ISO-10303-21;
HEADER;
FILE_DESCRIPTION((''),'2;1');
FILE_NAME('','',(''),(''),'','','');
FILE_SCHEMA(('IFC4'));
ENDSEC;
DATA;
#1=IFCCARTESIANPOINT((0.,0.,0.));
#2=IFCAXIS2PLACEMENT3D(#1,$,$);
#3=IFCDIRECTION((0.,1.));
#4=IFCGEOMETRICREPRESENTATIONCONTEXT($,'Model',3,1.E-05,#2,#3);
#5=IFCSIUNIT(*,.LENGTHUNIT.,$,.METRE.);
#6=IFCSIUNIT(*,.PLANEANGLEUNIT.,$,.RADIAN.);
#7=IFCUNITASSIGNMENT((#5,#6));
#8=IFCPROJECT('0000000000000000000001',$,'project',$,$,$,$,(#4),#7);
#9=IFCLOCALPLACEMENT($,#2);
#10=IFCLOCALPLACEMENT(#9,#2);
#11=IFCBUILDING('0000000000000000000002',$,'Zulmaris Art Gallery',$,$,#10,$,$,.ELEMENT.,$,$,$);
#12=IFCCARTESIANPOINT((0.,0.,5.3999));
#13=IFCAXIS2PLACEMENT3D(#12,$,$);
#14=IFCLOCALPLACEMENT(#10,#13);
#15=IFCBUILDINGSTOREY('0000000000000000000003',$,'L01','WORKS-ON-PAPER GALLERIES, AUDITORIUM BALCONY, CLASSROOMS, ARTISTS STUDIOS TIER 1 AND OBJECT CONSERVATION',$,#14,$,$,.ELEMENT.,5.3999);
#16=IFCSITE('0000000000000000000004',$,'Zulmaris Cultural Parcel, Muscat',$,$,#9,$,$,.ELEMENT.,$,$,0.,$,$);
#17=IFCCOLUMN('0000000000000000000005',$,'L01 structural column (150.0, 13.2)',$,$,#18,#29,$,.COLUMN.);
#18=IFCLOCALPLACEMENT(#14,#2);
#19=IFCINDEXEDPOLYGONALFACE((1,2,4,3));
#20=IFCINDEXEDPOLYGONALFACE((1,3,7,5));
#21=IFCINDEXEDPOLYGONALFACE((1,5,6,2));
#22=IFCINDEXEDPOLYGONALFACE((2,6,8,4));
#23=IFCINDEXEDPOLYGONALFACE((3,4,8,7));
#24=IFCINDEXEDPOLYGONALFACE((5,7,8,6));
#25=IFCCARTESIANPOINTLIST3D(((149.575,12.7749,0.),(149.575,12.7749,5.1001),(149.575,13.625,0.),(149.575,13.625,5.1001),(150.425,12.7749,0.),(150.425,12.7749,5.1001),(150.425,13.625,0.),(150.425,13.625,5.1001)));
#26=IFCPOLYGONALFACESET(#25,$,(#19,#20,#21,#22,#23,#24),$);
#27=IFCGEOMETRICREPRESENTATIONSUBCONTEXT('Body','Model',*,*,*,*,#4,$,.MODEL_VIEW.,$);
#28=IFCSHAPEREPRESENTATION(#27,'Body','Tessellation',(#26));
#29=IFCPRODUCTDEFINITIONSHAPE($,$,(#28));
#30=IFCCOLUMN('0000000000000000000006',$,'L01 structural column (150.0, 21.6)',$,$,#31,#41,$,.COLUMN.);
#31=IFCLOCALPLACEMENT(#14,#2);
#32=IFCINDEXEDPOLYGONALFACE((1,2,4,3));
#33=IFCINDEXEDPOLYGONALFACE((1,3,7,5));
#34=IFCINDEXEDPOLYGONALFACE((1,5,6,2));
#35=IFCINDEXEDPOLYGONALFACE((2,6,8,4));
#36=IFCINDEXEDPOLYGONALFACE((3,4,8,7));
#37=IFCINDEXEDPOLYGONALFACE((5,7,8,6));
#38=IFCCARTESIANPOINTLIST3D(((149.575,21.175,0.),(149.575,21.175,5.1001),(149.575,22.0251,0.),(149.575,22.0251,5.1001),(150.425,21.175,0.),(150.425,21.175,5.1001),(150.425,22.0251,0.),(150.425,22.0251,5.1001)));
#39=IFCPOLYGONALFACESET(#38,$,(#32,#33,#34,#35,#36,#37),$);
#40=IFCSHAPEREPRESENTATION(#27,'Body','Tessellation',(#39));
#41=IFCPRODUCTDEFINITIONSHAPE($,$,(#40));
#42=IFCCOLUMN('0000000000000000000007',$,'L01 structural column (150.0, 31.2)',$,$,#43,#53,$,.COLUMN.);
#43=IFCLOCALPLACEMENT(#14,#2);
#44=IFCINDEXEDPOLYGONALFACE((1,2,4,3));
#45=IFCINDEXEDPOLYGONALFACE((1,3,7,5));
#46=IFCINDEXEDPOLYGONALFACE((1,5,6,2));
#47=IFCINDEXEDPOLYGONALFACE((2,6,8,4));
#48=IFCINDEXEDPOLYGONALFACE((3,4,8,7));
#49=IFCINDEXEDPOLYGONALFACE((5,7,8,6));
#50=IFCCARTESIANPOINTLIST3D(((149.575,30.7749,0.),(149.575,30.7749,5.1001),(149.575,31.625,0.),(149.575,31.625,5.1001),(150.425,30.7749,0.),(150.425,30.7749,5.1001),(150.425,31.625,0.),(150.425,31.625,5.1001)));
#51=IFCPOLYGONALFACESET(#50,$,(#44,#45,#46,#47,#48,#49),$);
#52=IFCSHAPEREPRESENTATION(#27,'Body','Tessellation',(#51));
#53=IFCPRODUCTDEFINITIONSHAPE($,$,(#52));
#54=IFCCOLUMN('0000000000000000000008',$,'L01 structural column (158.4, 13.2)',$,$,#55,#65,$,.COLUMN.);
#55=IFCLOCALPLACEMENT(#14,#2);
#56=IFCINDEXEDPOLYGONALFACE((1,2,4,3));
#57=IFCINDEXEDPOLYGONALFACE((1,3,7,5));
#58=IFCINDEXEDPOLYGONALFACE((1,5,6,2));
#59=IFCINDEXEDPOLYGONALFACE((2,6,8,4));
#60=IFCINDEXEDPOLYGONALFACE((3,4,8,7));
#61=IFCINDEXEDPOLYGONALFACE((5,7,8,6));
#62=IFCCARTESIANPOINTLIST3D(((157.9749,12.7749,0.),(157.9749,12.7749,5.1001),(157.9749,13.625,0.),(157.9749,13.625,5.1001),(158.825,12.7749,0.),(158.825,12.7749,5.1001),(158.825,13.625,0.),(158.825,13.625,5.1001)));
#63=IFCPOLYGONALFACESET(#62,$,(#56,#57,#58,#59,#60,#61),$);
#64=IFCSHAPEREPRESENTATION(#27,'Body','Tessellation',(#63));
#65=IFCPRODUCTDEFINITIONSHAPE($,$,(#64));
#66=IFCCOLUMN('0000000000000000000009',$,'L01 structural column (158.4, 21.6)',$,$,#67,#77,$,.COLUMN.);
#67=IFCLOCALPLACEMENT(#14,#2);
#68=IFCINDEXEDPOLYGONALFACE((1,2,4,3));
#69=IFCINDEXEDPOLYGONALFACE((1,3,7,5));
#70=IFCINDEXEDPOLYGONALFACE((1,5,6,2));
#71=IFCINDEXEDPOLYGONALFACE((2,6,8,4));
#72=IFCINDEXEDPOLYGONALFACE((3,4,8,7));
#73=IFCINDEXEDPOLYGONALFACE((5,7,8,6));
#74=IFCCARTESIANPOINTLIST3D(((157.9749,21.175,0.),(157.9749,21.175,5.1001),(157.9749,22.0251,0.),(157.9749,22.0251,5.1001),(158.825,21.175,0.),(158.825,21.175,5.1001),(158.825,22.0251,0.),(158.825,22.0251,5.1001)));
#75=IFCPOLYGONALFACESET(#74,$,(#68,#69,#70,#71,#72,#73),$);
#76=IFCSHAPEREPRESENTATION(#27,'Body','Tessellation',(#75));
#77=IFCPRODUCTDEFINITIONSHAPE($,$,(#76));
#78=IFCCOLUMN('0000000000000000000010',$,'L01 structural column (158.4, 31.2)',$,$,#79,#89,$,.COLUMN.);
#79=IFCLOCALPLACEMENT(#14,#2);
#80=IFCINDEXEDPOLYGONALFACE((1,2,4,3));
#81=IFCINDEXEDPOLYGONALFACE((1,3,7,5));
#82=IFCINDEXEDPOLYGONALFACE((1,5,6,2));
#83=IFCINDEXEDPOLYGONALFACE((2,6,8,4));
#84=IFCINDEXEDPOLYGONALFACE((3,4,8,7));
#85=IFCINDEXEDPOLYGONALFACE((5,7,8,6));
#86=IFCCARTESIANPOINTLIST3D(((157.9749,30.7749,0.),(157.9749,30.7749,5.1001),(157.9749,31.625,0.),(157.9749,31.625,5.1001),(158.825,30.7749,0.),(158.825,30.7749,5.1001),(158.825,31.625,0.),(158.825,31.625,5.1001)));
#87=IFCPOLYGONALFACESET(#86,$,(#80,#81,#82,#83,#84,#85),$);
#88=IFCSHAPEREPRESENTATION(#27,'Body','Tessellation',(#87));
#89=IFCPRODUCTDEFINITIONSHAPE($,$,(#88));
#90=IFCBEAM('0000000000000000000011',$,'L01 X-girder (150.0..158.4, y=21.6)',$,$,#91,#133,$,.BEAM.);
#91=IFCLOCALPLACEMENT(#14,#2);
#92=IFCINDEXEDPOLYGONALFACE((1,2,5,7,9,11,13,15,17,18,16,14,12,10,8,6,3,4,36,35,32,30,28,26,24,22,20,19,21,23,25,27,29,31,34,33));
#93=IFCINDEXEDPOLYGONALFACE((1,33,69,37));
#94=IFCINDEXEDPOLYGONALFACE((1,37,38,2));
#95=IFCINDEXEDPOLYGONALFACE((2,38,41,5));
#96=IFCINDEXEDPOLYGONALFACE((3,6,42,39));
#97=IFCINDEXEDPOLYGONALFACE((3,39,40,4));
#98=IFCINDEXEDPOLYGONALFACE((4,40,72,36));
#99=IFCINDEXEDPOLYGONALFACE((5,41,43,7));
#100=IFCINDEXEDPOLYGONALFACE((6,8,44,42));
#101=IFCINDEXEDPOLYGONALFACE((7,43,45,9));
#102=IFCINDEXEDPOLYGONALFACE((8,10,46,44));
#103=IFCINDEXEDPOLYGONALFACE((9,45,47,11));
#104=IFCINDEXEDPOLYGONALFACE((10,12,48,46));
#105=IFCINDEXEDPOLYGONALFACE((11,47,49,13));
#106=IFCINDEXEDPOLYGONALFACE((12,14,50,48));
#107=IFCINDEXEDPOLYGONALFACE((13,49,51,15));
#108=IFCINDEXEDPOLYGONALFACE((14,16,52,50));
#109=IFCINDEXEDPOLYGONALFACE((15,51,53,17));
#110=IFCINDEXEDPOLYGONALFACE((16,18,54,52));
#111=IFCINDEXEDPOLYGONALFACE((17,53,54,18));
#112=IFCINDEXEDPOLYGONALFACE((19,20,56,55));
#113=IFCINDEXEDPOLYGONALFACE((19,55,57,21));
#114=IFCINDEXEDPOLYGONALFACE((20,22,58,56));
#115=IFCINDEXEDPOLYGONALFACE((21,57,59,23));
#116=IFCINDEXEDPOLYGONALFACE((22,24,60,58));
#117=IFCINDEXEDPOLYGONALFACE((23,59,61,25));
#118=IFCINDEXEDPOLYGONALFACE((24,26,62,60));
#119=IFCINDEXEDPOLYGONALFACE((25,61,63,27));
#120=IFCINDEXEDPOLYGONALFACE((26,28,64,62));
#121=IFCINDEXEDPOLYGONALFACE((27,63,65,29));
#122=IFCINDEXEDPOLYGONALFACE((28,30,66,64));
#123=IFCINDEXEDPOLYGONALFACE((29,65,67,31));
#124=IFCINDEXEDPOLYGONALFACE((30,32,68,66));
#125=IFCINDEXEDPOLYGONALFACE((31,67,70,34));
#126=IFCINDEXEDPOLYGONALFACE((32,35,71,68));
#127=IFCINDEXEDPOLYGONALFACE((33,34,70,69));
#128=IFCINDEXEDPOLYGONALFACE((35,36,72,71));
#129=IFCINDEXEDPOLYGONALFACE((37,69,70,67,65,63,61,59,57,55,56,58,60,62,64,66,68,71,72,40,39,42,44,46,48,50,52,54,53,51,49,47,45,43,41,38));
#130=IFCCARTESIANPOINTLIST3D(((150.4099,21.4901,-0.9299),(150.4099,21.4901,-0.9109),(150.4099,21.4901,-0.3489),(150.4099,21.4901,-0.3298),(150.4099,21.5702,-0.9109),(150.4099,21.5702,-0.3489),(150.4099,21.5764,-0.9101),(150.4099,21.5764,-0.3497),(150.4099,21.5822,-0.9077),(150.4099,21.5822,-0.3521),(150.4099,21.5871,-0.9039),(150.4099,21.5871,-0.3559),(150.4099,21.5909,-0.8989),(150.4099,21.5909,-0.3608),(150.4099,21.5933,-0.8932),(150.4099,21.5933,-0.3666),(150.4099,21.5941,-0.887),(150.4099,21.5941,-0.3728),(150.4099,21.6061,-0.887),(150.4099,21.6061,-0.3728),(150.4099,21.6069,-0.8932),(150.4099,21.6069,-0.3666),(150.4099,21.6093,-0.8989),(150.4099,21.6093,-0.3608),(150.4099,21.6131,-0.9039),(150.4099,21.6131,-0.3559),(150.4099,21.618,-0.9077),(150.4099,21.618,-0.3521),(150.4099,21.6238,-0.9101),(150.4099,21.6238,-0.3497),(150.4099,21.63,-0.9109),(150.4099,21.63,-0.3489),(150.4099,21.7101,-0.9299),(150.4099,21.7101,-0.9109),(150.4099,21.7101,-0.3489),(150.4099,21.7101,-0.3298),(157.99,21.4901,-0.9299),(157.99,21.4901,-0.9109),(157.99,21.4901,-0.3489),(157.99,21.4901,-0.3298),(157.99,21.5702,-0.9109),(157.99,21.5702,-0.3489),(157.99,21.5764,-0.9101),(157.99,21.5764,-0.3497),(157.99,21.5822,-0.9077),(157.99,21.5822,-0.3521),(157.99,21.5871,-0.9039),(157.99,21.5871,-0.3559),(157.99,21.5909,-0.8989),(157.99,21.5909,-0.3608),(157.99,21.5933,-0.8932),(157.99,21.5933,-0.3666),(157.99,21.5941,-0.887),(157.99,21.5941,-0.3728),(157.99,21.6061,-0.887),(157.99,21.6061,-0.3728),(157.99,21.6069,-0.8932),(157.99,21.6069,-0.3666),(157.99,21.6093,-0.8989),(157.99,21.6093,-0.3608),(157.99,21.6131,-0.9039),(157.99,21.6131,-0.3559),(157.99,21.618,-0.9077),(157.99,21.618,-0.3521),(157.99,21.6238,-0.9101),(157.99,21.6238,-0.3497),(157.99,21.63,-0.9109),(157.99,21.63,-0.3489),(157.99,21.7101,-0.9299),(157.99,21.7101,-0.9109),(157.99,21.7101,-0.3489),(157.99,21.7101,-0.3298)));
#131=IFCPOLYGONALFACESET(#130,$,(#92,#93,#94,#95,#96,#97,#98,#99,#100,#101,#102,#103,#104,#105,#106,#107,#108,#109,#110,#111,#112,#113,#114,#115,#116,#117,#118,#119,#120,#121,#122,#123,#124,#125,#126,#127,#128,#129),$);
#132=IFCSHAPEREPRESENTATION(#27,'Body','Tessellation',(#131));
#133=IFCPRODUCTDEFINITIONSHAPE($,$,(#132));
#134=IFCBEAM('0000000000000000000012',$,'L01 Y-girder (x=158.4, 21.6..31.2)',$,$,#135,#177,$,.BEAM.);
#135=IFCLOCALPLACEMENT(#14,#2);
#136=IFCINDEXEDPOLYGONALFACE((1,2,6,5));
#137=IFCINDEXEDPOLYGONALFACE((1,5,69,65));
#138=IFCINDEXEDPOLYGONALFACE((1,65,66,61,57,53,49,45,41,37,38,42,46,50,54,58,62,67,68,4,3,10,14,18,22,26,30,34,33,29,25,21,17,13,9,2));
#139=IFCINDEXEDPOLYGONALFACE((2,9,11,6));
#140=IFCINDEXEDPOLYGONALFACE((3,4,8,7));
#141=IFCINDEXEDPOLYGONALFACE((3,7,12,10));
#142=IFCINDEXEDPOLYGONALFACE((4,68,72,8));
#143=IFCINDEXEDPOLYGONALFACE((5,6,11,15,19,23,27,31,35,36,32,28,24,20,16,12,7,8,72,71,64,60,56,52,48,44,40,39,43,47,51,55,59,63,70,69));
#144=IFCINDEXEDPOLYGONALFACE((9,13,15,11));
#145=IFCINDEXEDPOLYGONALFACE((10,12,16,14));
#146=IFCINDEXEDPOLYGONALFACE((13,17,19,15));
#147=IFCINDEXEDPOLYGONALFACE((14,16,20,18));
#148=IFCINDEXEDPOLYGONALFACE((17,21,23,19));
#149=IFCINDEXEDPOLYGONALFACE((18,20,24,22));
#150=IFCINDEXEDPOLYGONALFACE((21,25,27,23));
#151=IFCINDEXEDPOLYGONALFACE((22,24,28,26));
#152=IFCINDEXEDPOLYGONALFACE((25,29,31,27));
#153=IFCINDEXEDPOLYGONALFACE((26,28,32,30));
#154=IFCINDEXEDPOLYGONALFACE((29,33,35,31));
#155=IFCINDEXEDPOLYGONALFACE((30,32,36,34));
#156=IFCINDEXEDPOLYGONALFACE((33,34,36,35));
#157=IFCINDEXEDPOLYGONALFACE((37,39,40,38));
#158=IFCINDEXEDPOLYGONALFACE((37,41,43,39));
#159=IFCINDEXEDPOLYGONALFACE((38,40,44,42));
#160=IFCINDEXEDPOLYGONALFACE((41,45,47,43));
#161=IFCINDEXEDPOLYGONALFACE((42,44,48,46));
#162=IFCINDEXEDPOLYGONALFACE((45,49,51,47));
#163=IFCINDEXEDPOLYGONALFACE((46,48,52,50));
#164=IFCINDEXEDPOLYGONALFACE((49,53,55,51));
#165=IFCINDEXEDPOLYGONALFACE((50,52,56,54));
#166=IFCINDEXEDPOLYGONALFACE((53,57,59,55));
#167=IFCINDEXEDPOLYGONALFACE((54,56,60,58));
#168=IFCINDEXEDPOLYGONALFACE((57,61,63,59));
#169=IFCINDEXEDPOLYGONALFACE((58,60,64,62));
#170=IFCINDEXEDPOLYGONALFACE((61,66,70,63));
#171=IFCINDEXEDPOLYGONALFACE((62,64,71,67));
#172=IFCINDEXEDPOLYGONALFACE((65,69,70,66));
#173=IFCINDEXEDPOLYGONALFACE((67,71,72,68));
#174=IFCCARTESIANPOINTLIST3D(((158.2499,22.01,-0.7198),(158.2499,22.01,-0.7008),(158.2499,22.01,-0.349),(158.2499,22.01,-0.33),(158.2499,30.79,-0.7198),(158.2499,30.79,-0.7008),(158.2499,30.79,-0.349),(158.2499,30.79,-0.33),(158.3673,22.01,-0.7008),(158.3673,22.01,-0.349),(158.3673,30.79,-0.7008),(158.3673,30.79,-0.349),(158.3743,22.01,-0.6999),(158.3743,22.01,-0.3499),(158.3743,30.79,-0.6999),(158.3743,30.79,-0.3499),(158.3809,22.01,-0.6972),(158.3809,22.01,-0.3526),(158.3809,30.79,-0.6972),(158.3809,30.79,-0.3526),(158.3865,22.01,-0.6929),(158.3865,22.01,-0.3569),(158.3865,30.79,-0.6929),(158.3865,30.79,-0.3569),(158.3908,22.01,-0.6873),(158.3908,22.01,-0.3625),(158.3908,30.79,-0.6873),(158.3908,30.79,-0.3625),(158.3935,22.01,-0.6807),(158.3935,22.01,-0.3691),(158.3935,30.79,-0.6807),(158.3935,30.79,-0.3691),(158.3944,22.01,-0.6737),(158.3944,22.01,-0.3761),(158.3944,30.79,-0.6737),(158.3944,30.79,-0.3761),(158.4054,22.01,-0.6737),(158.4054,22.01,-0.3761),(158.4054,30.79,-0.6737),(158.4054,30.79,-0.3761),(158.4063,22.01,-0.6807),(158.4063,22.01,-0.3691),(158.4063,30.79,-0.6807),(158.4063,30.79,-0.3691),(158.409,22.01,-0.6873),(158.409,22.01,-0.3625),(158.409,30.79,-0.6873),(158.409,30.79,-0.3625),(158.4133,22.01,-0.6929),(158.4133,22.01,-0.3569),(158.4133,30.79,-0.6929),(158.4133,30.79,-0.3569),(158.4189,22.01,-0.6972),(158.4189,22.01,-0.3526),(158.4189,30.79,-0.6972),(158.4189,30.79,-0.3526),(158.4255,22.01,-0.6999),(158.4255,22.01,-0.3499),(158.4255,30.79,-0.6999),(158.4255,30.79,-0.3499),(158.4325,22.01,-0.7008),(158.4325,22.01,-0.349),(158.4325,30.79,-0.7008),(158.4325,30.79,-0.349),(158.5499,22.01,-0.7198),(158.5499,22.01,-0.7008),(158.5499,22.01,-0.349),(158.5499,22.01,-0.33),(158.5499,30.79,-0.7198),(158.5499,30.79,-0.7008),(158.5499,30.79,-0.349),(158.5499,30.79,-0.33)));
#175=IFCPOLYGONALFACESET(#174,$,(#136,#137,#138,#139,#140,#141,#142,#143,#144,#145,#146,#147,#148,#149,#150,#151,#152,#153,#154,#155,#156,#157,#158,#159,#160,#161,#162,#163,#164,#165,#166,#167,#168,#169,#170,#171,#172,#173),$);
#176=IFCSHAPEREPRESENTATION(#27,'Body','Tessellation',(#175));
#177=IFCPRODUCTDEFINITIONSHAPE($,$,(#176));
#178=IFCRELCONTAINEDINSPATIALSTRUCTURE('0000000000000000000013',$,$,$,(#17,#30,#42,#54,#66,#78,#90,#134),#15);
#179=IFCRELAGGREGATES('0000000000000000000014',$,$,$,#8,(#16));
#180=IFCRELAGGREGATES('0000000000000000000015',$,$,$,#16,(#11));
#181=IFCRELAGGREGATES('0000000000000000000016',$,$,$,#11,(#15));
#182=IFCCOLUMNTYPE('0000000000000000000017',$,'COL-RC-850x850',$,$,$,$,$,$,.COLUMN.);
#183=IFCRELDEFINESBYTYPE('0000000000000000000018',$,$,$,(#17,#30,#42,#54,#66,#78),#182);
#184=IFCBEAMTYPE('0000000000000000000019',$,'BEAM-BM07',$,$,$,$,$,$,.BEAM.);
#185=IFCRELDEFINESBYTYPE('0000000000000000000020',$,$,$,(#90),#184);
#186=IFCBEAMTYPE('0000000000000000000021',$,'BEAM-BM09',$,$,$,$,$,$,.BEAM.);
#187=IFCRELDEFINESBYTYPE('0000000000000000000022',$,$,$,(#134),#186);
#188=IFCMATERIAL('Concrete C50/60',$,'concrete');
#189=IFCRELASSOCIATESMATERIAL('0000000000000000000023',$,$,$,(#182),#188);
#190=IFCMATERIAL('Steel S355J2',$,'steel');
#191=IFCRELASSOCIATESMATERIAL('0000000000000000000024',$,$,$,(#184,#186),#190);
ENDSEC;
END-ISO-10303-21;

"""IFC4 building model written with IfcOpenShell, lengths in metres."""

from ifc_helpers import new_model, si_unit, direction, frame, origin, origin_2d, place, context, subcontext, project, spatial, rectangle, i_section, extrude, material, material_profile, profile_set, type_object, element, save


model = new_model("IFC4")

# Units and contexts
model_context = context("Model", 3, precision=1e-05, world=origin(), true_north=direction((0.0, 1.0)))
body_context = subcontext(model_context, "Body", "Model", "MODEL_VIEW")
ifc_project = project(units=[si_unit("LENGTHUNIT", "METRE"), si_unit("PLANEANGLEUNIT", "RADIAN")], contexts=[model_context])

# Site, building, storey
site_placement = place(None, origin())
site = spatial("IfcSite", under=ifc_project, at=site_placement, Name="Zulmaris Cultural Parcel, Muscat", CompositionType="ELEMENT", RefElevation=0.0)
building_placement = place(site_placement, origin())
building = spatial("IfcBuilding", under=site, at=building_placement, Name="Zulmaris Art Gallery", CompositionType="ELEMENT")
storey_placement = place(building_placement, frame((0.0, 0.0, 5.3999)))
storey = spatial("IfcBuildingStorey", under=building, at=storey_placement, Name="L01", Description="WORKS-ON-PAPER GALLERIES, AUDITORIUM BALCONY, CLASSROOMS, ARTISTS STUDIOS TIER 1 AND OBJECT CONSERVATION", CompositionType="ELEMENT", Elevation=5.3999)

# Columns
ifc_material_1 = material(Name="Concrete C50/60", Category="concrete")
ifc_material_profile_1 = material_profile(ifc_material_1, rectangle(XDim=0.8501, YDim=0.8501, at=origin_2d()), Name="RC 850x850")
ifc_profile_set_1 = profile_set([ifc_material_profile_1], Name="Concrete C50/60")
column_type = type_object("IfcColumnType", Name="COL-RC-850x850", PredefinedType="COLUMN", material=ifc_profile_set_1)
for number, where, z_axis, x_axis, name in (
    (1, (150.0, 13.2, 0.0), (0.0, 0.0, 1.0), (1.0, 0.0, 0.0), "L01 structural column (150.0, 13.2)"),
    (2, (150.0, 21.6001, 0.0), (0.0, 0.0, 1.0), (1.0, 0.0, 0.0), "L01 structural column (150.0, 21.6)"),
    (3, (150.0, 31.2, 0.0), (0.0, 0.0, 1.0), (1.0, 0.0, 0.0), "L01 structural column (150.0, 31.2)"),
    (4, (158.3999, 13.2, 0.0), (0.0, 0.0, 1.0), (1.0, 0.0, 0.0), "L01 structural column (158.4, 13.2)"),
    (5, (158.3999, 21.6001, 0.0), (0.0, 0.0, 1.0), (1.0, 0.0, 0.0), "L01 structural column (158.4, 21.6)"),
    (6, (158.3999, 31.2, 0.0), (0.0, 0.0, 1.0), (1.0, 0.0, 0.0), "L01 structural column (158.4, 31.2)"),
):
    element("IfcColumn", number, at=place(storey_placement, frame(where, z_axis=z_axis, x_axis=x_axis)), inside=storey, type_object=column_type, Name=name, PredefinedType="COLUMN", context=body_context, shape_type="SweptSolid", body=[
        extrude(rectangle(XDim=0.8501, YDim=0.8501, at=origin_2d()), origin(), (0.0, 0.0, 1.0), 5.1001),
    ])

# Beams
ifc_material_2 = material(Name="Steel S355J2", Category="steel")
ifc_material_profile_2 = material_profile(ifc_material_2, i_section(OverallWidth=0.22, OverallDepth=0.6001, WebThickness=0.012, FlangeThickness=0.019, FilletRadius=0.0239, at=origin_2d()), Name="IPE 600")
ifc_profile_set_2 = profile_set([ifc_material_profile_2], Name="Steel S355J2")
beam_type_1 = type_object("IfcBeamType", Name="BEAM-BM07", PredefinedType="BEAM", material=ifc_profile_set_2)
beam_1_placement = place(storey_placement, frame((150.4099, 21.6001, -0.6299), z_axis=(1.0, 0.0, 0.0), x_axis=(0.0, 1.0, 0.0)))
element("IfcBeam", 7, at=beam_1_placement, inside=storey, type_object=beam_type_1, Name="L01 X-girder (150.0..158.4, y=21.6)", PredefinedType="BEAM", context=body_context, shape_type="SweptSolid", body=[
    extrude(i_section(OverallWidth=0.22, OverallDepth=0.6001, WebThickness=0.012, FlangeThickness=0.019, FilletRadius=0.0239, at=origin_2d()), origin(), (0.0, 0.0, 1.0), 7.5801),
])
ifc_material_profile_3 = material_profile(ifc_material_2, i_section(OverallWidth=0.3, OverallDepth=0.3899, WebThickness=0.011, FlangeThickness=0.019, FilletRadius=0.0271, at=origin_2d()), Name="HEA 400")
ifc_profile_set_3 = profile_set([ifc_material_profile_3], Name="Steel S355J2")
beam_type_2 = type_object("IfcBeamType", Name="BEAM-BM09", PredefinedType="BEAM", material=ifc_profile_set_3)
beam_2_placement = place(storey_placement, frame((158.3999, 22.01, -0.5249), z_axis=(0.0, 1.0, 0.0), x_axis=(-1.0, 0.0, 0.0)))
element("IfcBeam", 8, at=beam_2_placement, inside=storey, type_object=beam_type_2, Name="L01 Y-girder (x=158.4, 21.6..31.2)", PredefinedType="BEAM", context=body_context, shape_type="SweptSolid", body=[
    extrude(i_section(OverallWidth=0.3, OverallDepth=0.3899, WebThickness=0.011, FlangeThickness=0.019, FilletRadius=0.0271, at=origin_2d()), origin(), (0.0, 0.0, 1.0), 8.78),
])

save(model, "model.ifc")
